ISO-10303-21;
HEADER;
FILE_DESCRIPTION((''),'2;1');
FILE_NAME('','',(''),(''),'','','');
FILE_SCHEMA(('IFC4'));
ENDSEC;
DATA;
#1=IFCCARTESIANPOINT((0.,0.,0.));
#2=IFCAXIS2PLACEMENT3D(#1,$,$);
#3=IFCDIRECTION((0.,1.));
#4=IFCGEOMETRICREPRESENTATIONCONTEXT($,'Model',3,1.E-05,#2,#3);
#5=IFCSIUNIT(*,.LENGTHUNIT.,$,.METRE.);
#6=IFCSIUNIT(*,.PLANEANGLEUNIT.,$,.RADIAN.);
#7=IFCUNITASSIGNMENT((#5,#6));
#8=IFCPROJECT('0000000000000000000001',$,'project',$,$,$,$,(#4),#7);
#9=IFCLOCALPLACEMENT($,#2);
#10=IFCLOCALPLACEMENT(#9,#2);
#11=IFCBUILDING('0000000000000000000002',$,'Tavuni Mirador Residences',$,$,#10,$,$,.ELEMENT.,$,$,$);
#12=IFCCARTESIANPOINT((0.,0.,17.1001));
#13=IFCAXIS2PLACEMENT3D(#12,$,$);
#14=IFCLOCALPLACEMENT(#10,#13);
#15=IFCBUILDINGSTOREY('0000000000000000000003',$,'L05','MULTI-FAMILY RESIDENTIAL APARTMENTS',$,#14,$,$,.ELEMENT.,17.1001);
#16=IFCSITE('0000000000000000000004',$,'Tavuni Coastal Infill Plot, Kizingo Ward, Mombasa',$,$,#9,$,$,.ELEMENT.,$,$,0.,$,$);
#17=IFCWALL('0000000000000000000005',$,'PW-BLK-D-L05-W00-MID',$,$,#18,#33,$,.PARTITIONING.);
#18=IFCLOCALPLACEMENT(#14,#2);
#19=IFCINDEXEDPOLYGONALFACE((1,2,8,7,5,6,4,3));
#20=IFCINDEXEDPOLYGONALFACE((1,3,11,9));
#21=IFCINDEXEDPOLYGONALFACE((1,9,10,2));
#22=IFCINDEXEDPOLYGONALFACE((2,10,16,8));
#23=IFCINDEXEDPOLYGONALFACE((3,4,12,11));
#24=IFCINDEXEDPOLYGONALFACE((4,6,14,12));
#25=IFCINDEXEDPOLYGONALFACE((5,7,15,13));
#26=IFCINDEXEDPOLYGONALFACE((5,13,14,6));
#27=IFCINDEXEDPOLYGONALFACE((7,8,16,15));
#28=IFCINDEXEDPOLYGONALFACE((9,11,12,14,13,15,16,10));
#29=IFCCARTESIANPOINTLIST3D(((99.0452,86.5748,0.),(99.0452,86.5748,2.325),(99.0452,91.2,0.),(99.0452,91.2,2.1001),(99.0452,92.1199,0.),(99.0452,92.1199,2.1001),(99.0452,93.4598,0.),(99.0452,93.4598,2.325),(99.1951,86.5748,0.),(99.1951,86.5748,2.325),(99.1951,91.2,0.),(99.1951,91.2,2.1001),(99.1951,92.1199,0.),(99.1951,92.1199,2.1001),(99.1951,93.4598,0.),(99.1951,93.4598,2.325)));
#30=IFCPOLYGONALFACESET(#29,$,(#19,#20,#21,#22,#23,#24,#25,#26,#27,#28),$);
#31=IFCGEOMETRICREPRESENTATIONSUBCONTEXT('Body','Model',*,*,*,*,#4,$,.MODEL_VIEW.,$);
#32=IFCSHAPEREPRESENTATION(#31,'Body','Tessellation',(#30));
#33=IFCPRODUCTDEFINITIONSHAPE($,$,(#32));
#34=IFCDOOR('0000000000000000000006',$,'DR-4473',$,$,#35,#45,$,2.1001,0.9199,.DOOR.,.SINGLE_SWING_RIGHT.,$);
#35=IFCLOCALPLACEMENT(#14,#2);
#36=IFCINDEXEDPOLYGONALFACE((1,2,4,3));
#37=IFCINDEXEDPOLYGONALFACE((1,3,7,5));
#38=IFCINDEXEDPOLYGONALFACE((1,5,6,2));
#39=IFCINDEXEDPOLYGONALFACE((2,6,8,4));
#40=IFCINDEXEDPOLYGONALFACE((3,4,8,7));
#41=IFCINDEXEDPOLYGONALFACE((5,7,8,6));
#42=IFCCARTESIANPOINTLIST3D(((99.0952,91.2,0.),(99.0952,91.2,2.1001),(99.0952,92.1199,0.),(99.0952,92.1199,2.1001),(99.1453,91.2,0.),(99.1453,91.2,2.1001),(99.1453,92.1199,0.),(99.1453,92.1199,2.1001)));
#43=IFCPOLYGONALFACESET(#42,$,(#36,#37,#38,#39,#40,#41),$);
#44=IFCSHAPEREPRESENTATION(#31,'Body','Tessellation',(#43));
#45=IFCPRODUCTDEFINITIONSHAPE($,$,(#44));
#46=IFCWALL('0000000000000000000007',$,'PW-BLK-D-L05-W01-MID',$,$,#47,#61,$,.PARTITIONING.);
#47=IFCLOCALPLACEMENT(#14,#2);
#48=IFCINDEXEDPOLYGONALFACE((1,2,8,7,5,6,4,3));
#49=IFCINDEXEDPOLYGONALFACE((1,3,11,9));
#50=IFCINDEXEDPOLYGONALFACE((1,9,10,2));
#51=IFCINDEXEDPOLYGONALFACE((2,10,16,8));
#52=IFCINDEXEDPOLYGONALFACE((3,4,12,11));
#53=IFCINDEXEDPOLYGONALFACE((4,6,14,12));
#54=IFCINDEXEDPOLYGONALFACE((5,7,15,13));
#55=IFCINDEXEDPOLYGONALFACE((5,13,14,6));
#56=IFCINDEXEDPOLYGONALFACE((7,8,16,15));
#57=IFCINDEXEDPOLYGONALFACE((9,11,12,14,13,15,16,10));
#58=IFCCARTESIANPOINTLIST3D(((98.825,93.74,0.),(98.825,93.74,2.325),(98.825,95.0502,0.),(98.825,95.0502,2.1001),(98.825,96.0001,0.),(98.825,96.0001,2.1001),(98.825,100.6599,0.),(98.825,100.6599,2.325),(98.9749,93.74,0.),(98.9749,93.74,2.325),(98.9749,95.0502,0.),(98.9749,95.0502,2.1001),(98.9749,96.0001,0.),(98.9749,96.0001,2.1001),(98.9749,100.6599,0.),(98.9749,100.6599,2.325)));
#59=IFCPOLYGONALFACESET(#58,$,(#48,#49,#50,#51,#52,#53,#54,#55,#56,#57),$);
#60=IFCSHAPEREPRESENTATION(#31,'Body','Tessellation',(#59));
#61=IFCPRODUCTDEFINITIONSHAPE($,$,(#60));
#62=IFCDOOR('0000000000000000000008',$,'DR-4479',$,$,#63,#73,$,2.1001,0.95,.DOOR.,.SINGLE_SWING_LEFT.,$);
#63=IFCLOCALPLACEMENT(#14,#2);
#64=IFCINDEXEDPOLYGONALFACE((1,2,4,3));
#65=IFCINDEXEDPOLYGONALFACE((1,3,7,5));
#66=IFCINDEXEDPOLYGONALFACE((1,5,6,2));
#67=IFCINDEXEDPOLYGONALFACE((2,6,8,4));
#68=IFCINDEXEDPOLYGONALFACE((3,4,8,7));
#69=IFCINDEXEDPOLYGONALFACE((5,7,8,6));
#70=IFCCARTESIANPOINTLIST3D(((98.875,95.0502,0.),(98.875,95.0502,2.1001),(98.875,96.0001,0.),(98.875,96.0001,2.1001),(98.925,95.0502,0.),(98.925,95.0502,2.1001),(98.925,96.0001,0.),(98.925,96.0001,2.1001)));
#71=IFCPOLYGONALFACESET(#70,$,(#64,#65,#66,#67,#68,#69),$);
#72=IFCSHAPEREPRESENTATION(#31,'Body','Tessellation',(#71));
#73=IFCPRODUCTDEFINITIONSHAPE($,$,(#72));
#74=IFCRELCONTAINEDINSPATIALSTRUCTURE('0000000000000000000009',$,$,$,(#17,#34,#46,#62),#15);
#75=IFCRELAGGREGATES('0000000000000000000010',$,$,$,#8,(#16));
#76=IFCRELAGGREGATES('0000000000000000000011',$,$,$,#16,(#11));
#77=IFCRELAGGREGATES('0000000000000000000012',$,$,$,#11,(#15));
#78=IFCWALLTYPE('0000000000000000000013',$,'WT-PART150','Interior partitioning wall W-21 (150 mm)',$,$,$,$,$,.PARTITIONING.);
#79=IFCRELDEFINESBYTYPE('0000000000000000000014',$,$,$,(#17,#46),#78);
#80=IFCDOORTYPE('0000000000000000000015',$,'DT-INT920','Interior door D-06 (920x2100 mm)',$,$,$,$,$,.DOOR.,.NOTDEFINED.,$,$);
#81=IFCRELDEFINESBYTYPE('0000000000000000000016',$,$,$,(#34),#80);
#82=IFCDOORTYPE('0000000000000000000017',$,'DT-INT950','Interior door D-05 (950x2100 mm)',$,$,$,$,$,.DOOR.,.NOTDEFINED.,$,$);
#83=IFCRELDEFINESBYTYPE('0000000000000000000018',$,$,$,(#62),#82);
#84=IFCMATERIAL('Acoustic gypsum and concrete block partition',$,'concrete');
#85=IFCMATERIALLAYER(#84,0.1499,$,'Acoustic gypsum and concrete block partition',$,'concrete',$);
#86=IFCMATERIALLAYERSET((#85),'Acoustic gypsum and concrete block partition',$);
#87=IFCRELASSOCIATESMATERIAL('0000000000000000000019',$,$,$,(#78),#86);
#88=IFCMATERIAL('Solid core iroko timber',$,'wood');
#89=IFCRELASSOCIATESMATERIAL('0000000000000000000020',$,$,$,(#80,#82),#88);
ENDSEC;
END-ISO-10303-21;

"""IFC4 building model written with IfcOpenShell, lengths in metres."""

from ifc_helpers import new_model, si_unit, direction, frame, frame_2d, origin, place, context, subcontext, project, spatial, rectangle, extrude, material, layer, layer_set, type_object, element, fill, save


model = new_model("IFC4")

# Units and contexts
model_context = context("Model", 3, precision=1e-05, world=origin(), true_north=direction((0.0, 1.0)))
body_context = subcontext(model_context, "Body", "Model", "MODEL_VIEW")
ifc_project = project(units=[si_unit("LENGTHUNIT", "METRE"), si_unit("PLANEANGLEUNIT", "RADIAN")], contexts=[model_context])

# Site, building, storey
site_placement = place(None, origin())
site = spatial("IfcSite", under=ifc_project, at=site_placement, Name="Tavuni Coastal Infill Plot, Kizingo Ward, Mombasa", CompositionType="ELEMENT", RefElevation=0.0)
building_placement = place(site_placement, origin())
building = spatial("IfcBuilding", under=site, at=building_placement, Name="Tavuni Mirador Residences", CompositionType="ELEMENT")
storey_placement = place(building_placement, frame((0.0, 0.0, 17.1001)))
storey = spatial("IfcBuildingStorey", under=building, at=storey_placement, Name="L05", Description="MULTI-FAMILY RESIDENTIAL APARTMENTS", CompositionType="ELEMENT", Elevation=17.1001)

# Walls, openings, doors
ifc_material_1 = material(Name="Solid core iroko timber", Category="wood")
ifc_material_2 = material(Name="Acoustic gypsum and concrete block partition", Category="concrete")
ifc_layer_1 = layer(ifc_material_2, 0.1499, Name="Acoustic gypsum and concrete block partition", Category="concrete")
ifc_layer_set_1 = layer_set([ifc_layer_1], Name="Acoustic gypsum and concrete block partition")
wall_type_1 = type_object("IfcWallType", Name="WT-PART150", Description="Interior partitioning wall W-21 (150 mm)", PredefinedType="PARTITIONING", material=ifc_layer_set_1)
wall_1_placement = place(storey_placement, frame((99.1201, 86.575, 0.0), z_axis=(0.0, 0.0, 1.0), x_axis=(0.0, 1.0, 0.0)))
wall_1 = element("IfcWall", 1, at=wall_1_placement, inside=storey, type_object=wall_type_1, Name="PW-BLK-D-L05-W00-MID", PredefinedType="PARTITIONING", context=body_context, shape_type="SweptSolid", body=[
    extrude(rectangle(XDim=6.885, YDim=0.1499, at=frame_2d((3.4424, 0.0))), origin(), (0.0, 0.0, 1.0), 2.325),
])
opening_1_placement = place(wall_1_placement, frame((4.625, 0.0, 0.0)))
opening_1 = element("IfcOpeningElement", 2, at=opening_1_placement, cuts=wall_1, PredefinedType="OPENING", context=body_context, shape_type="SweptSolid", body=[
    extrude(rectangle(XDim=0.9199, YDim=2.1001, at=frame_2d((0.46, 1.05))), frame((0.0, 0.085, 0.0), z_axis=(0.0, -1.0, 0.0), x_axis=(1.0, 0.0, 0.0)), (0.0, 0.0, 1.0), 0.1699),
])
door_type_1 = type_object("IfcDoorType", Name="DT-INT920", Description="Interior door D-06 (920x2100 mm)", OperationType="NOTDEFINED", PredefinedType="DOOR", material=ifc_material_1)
door_1_placement = place(opening_1_placement, origin())
door_1 = element("IfcDoor", 3, at=door_1_placement, inside=storey, type_object=door_type_1, Name="DR-4473", OperationType="SINGLE_SWING_RIGHT", OverallHeight=2.1001, OverallWidth=0.9199, PredefinedType="DOOR", context=body_context, shape_type="SweptSolid", body=[
    extrude(rectangle(XDim=0.9199, YDim=2.1001, at=frame_2d((0.46, 1.05))), frame((0.0, 0.0249, 0.0), z_axis=(0.0, -1.0, 0.0), x_axis=(1.0, 0.0, 0.0)), (0.0, 0.0, 1.0), 0.05),
])
fill(opening_1, door_1)
wall_2_placement = place(storey_placement, frame((98.8999, 93.74, 0.0), z_axis=(0.0, 0.0, 1.0), x_axis=(0.0, 1.0, 0.0)))
wall_2 = element("IfcWall", 4, at=wall_2_placement, inside=storey, type_object=wall_type_1, Name="PW-BLK-D-L05-W01-MID", PredefinedType="PARTITIONING", context=body_context, shape_type="SweptSolid", body=[
    extrude(rectangle(XDim=6.9199, YDim=0.1499, at=frame_2d((3.46, 0.0))), origin(), (0.0, 0.0, 1.0), 2.325),
])
opening_2_placement = place(wall_2_placement, frame((1.3101, 0.0, 0.0)))
opening_2 = element("IfcOpeningElement", 5, at=opening_2_placement, cuts=wall_2, PredefinedType="OPENING", context=body_context, shape_type="SweptSolid", body=[
    extrude(rectangle(XDim=0.95, YDim=2.1001, at=frame_2d((0.4751, 1.05))), frame((0.0, 0.085, 0.0), z_axis=(0.0, -1.0, 0.0), x_axis=(1.0, 0.0, 0.0)), (0.0, 0.0, 1.0), 0.1699),
])
door_type_2 = type_object("IfcDoorType", Name="DT-INT950", Description="Interior door D-05 (950x2100 mm)", OperationType="NOTDEFINED", PredefinedType="DOOR", material=ifc_material_1)
door_2_placement = place(opening_2_placement, origin())
door_2 = element("IfcDoor", 6, at=door_2_placement, inside=storey, type_object=door_type_2, Name="DR-4479", OperationType="SINGLE_SWING_LEFT", OverallHeight=2.1001, OverallWidth=0.95, PredefinedType="DOOR", context=body_context, shape_type="SweptSolid", body=[
    extrude(rectangle(XDim=0.95, YDim=2.1001, at=frame_2d((0.4751, 1.05))), frame((0.0, 0.0249, 0.0), z_axis=(0.0, -1.0, 0.0), x_axis=(1.0, 0.0, 0.0)), (0.0, 0.0, 1.0), 0.05),
])
fill(opening_2, door_2)

save(model, "model.ifc")
